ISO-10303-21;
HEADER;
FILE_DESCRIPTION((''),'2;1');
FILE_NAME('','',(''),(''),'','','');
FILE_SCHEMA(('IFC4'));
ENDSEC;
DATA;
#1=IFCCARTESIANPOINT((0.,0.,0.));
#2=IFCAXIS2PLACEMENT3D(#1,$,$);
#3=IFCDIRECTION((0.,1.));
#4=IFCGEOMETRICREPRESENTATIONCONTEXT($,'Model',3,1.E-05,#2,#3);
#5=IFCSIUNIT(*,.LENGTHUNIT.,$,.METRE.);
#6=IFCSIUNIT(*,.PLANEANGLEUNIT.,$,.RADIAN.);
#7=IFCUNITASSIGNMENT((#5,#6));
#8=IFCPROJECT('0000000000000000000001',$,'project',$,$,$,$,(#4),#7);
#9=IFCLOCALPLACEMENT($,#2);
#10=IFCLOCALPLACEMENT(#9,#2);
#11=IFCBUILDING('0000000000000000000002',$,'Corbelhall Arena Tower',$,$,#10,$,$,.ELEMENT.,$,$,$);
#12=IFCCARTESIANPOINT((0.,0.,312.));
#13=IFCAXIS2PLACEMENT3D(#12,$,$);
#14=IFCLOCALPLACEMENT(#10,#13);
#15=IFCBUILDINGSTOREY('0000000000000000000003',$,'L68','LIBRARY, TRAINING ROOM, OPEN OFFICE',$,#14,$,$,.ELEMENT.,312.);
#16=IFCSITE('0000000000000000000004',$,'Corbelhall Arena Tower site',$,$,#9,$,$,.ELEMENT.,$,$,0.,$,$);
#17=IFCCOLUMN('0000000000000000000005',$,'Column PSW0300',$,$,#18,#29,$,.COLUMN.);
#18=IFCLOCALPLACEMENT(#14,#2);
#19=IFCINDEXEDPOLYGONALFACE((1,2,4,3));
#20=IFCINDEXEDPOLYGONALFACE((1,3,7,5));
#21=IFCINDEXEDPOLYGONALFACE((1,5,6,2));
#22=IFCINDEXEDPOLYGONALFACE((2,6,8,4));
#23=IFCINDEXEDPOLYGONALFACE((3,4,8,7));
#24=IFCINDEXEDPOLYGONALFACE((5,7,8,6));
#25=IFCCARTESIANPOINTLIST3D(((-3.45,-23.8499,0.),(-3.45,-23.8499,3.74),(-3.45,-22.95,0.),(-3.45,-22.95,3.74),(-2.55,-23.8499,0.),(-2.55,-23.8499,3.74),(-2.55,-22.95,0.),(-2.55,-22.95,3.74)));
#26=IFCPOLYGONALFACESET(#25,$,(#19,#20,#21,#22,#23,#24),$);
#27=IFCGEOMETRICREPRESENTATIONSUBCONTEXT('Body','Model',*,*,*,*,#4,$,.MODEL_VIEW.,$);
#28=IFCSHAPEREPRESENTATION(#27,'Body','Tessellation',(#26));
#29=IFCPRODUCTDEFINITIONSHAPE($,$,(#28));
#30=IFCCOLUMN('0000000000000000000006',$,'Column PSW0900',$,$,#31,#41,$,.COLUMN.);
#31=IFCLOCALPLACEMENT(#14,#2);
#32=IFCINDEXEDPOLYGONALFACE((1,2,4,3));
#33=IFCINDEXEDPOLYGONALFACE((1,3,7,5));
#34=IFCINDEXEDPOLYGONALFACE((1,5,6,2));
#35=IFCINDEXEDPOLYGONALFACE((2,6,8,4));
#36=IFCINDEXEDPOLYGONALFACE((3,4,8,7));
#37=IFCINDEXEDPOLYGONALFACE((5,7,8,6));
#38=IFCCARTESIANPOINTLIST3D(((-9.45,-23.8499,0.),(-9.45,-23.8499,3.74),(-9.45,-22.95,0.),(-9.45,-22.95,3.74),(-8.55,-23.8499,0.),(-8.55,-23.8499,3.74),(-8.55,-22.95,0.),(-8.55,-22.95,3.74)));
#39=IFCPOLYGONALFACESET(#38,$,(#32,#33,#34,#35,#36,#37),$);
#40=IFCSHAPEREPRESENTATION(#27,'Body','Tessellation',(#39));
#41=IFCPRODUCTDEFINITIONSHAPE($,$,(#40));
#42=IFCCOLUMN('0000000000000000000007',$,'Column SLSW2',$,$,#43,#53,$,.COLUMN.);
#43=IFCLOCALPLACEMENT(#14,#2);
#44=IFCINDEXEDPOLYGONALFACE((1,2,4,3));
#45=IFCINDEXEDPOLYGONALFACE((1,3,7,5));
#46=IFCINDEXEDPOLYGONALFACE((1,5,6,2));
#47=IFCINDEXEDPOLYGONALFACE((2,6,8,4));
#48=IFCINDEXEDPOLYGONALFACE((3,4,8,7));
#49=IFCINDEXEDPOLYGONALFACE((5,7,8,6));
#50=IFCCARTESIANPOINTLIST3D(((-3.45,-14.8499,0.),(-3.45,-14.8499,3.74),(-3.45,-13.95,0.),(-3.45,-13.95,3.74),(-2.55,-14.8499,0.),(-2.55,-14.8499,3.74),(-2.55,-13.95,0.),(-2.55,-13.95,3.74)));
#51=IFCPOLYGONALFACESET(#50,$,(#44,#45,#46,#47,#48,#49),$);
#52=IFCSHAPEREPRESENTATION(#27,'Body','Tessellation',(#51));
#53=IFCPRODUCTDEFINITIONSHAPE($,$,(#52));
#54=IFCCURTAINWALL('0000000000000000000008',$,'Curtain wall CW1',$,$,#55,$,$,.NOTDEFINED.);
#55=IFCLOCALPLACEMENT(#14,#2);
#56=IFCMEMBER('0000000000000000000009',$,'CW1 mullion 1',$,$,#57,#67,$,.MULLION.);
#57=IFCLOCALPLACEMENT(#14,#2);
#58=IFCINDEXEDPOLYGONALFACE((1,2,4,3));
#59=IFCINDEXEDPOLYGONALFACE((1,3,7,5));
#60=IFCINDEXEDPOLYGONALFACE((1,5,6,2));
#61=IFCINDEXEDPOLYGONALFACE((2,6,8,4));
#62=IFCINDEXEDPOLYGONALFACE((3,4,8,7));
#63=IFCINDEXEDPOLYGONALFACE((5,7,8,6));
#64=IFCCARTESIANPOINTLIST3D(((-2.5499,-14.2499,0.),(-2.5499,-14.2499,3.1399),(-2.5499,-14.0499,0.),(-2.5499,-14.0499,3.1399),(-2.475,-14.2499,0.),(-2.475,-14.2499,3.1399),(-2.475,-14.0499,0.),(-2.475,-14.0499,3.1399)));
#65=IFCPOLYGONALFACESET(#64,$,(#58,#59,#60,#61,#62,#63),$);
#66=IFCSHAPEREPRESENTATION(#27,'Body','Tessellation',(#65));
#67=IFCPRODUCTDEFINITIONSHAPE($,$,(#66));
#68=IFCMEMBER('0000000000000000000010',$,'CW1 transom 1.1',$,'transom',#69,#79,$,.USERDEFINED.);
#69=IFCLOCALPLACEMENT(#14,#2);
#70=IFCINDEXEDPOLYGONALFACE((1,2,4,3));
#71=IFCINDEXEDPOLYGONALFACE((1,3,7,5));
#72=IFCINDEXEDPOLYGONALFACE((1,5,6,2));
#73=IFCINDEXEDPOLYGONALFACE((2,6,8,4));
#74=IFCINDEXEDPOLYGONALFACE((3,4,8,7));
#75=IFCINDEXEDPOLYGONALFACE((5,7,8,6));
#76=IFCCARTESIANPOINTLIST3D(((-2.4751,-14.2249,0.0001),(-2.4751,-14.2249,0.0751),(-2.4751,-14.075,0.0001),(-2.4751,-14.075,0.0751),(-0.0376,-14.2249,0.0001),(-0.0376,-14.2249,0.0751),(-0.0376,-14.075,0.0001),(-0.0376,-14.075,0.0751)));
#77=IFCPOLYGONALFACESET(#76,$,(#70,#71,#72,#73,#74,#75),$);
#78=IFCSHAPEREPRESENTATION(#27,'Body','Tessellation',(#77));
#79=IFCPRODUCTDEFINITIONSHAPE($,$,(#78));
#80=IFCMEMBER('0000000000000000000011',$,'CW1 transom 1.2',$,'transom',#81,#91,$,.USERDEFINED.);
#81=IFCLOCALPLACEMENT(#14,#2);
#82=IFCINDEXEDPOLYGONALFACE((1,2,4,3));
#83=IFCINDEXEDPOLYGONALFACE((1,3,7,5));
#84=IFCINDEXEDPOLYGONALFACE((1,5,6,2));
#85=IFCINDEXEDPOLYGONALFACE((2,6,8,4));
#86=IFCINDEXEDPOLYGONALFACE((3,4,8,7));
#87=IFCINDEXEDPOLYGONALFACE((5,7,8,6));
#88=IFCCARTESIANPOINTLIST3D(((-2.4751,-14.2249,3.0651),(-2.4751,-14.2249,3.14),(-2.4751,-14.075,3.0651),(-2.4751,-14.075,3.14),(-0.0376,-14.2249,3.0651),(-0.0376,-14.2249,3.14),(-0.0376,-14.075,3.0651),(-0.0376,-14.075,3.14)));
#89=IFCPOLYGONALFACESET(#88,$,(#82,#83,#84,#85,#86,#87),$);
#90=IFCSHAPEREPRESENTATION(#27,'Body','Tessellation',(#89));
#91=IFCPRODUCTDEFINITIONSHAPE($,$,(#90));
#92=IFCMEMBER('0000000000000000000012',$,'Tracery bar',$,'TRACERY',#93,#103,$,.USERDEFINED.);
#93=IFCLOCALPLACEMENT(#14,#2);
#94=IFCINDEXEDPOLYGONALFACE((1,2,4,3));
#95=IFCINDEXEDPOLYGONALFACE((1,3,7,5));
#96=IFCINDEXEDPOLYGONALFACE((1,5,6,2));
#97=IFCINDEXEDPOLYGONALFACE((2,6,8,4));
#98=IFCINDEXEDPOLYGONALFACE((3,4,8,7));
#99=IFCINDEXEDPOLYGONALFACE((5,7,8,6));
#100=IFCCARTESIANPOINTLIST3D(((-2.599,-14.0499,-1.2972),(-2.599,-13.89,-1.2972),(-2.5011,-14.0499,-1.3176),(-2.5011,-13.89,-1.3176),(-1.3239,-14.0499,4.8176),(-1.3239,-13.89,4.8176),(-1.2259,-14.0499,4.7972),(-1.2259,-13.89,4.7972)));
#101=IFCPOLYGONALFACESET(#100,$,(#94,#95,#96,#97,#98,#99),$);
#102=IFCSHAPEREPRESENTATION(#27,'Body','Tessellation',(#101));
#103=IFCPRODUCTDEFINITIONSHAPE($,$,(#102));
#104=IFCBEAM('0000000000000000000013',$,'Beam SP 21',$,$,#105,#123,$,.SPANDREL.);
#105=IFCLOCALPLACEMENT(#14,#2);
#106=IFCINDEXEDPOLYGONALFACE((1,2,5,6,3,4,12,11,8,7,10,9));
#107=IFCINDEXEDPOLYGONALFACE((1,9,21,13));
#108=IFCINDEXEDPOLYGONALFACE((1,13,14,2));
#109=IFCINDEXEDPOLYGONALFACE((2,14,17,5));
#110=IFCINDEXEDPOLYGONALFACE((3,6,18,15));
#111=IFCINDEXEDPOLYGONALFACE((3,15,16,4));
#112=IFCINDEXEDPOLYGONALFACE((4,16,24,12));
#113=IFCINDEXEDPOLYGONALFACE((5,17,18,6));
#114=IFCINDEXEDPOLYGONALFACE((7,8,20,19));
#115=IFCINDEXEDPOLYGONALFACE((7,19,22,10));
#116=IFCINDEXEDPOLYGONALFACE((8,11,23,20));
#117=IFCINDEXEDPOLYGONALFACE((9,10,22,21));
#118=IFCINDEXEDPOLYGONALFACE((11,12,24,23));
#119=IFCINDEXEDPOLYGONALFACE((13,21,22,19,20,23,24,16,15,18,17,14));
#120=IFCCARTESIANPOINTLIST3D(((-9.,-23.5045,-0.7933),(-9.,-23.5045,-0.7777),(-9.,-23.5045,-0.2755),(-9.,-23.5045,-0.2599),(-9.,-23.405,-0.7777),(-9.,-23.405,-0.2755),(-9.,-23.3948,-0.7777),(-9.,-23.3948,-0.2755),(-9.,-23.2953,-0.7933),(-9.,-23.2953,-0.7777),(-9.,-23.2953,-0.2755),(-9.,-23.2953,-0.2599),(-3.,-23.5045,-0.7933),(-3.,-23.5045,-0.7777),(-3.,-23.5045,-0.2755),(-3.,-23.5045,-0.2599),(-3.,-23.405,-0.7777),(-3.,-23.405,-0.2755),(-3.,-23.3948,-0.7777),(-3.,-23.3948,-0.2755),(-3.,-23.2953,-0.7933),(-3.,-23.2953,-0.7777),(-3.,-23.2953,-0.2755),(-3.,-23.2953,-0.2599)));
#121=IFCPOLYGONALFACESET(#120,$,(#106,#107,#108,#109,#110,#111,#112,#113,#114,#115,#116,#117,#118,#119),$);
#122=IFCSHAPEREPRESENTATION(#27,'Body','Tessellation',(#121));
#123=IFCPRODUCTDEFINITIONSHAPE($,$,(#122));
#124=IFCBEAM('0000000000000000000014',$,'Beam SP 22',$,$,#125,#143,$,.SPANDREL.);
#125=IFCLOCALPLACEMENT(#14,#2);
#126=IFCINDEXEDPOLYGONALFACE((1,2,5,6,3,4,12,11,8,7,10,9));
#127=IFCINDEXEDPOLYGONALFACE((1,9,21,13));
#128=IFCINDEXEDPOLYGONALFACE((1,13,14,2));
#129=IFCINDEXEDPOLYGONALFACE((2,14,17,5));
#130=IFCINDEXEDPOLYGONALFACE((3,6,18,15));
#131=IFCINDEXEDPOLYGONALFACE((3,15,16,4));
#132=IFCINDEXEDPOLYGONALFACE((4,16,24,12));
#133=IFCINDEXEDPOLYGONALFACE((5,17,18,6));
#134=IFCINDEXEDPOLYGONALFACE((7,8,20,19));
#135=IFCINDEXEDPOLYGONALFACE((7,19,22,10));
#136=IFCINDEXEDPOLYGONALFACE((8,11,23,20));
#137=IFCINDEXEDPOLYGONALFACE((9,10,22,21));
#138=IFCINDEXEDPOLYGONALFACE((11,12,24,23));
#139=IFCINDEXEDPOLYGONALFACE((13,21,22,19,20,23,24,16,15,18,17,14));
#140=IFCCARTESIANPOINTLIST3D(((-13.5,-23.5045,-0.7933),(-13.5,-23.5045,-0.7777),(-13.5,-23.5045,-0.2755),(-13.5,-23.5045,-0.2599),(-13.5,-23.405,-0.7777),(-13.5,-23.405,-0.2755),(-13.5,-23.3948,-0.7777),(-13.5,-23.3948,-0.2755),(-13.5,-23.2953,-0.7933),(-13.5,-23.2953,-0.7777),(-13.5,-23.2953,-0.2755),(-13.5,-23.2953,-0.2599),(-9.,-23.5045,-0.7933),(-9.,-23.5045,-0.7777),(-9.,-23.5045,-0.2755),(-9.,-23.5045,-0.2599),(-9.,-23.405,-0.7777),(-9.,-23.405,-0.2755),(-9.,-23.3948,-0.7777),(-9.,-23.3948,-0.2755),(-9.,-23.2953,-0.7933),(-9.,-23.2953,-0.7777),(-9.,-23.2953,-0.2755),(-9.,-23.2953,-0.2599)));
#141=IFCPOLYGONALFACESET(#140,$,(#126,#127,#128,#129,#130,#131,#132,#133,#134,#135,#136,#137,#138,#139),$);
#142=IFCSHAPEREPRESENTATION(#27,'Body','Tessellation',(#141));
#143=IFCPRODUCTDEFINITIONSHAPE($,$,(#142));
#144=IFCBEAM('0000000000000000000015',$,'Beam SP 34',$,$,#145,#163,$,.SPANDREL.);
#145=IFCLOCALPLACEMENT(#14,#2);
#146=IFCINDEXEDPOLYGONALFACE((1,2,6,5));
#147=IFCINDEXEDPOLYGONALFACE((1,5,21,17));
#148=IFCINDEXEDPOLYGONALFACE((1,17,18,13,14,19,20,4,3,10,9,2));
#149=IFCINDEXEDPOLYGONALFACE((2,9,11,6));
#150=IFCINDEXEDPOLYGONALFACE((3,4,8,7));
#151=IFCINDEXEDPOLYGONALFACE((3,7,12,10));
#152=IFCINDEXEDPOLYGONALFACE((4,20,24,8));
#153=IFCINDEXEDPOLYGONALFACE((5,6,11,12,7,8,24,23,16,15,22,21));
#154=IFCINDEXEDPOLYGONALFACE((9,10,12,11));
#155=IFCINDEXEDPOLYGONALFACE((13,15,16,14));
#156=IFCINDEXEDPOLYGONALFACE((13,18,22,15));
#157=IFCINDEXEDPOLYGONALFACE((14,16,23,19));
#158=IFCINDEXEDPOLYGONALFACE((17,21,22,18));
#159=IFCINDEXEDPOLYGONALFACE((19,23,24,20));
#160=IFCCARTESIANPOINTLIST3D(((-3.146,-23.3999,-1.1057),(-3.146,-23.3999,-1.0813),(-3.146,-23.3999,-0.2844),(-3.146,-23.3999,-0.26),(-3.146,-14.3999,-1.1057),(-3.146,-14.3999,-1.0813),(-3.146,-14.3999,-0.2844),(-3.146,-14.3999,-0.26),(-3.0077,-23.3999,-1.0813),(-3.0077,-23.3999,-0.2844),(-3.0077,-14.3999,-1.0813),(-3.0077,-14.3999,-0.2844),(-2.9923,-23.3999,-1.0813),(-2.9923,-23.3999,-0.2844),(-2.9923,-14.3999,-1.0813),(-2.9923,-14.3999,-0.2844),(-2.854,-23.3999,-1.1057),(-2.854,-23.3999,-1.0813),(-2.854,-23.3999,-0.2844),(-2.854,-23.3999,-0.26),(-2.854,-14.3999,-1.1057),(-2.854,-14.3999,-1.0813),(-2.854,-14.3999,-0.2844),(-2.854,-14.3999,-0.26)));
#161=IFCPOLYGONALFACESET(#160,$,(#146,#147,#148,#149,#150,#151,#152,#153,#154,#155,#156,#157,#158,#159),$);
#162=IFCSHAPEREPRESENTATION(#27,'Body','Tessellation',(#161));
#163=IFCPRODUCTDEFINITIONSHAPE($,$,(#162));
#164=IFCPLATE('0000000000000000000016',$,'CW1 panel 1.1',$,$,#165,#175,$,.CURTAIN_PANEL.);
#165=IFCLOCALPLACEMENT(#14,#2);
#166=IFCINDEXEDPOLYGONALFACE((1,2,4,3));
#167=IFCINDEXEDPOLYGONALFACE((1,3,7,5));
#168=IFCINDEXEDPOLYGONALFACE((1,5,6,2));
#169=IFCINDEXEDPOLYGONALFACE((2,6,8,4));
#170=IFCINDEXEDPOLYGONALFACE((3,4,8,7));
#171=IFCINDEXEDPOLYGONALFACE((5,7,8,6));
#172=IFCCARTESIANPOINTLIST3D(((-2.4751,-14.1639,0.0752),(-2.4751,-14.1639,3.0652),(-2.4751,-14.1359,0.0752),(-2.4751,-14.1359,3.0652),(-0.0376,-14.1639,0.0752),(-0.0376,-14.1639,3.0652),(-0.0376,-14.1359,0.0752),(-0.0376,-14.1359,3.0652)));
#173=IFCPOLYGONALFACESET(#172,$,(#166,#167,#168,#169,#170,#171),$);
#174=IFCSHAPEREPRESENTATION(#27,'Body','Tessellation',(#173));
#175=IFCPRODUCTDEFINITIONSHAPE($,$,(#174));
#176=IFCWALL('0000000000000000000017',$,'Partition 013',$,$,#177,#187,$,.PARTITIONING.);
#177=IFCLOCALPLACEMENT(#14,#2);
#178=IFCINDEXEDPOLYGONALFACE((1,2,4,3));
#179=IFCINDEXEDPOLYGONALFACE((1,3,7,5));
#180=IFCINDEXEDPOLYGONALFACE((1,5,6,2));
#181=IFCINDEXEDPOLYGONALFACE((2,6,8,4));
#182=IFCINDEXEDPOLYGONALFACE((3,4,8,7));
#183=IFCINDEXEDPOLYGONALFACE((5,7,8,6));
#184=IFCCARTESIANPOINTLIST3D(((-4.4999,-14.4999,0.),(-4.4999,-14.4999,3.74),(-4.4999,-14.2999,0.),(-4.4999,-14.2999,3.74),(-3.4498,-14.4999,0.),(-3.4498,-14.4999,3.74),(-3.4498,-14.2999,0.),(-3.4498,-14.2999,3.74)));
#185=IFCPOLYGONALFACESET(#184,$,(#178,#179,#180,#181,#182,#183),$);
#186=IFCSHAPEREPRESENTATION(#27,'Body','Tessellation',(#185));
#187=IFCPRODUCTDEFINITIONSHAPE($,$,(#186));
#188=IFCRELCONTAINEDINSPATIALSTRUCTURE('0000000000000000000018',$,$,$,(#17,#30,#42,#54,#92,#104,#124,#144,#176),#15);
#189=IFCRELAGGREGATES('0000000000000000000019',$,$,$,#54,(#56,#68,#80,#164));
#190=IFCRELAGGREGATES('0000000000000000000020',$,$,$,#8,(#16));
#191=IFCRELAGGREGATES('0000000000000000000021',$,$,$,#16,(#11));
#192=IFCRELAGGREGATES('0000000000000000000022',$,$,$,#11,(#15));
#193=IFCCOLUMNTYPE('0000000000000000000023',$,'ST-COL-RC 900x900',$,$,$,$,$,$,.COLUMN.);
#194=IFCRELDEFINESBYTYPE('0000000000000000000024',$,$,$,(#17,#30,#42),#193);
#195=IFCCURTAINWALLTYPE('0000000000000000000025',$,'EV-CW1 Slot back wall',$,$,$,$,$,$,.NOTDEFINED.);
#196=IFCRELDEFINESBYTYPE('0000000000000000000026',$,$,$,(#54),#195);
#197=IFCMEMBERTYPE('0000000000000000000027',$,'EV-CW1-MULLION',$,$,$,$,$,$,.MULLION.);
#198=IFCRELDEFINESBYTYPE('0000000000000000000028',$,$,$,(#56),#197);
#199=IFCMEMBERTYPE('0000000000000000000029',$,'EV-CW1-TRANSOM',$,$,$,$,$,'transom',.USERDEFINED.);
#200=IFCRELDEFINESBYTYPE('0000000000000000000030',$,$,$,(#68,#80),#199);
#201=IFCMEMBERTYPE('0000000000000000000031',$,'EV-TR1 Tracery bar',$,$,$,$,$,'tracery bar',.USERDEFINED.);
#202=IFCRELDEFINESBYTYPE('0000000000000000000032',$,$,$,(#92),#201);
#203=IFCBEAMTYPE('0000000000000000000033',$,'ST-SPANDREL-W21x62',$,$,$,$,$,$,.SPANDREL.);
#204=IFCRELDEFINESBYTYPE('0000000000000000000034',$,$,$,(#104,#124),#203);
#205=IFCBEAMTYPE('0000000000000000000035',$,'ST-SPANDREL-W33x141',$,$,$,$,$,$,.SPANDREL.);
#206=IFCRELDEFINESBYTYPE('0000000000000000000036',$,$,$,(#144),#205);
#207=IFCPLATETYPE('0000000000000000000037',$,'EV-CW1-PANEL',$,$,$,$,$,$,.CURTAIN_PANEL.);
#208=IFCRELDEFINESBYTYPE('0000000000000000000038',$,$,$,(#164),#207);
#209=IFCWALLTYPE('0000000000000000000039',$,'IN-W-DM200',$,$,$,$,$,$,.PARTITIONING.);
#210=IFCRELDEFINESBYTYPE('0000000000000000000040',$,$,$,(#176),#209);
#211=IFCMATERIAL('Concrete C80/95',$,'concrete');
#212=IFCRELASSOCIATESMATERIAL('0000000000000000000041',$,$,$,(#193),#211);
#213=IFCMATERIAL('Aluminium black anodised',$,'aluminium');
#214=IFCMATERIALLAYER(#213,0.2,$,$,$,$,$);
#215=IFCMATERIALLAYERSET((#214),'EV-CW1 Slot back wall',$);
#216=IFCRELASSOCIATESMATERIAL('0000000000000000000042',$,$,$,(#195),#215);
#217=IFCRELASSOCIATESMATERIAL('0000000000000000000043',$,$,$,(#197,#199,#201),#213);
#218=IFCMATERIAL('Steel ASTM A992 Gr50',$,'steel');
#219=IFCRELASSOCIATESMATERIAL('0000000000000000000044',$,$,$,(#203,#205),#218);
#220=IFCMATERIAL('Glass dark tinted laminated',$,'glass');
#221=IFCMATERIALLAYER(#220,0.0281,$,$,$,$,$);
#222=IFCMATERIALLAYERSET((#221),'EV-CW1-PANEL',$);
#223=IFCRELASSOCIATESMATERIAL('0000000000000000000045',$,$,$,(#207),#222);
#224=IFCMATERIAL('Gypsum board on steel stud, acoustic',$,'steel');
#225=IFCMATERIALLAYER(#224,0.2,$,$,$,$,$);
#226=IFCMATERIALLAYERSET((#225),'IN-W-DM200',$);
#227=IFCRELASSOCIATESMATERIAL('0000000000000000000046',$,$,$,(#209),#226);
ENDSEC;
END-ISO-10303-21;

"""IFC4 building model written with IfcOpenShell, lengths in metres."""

from ifc_helpers import new_model, si_unit, direction, frame, frame_2d, origin, origin_2d, place, context, subcontext, project, spatial, rectangle, i_section, extrude, material, layer, layer_set, material_profile, profile_set, type_object, element, aggregate, save


model = new_model("IFC4")

# Units and contexts
model_context = context("Model", 3, precision=1e-05, world=origin(), true_north=direction((0.0, 1.0)))
body_context = subcontext(model_context, "Body", "Model", "MODEL_VIEW")
ifc_project = project(units=[si_unit("LENGTHUNIT", "METRE"), si_unit("PLANEANGLEUNIT", "RADIAN")], contexts=[model_context])

# Site, building, storey
site_placement = place(None, origin())
site = spatial("IfcSite", under=ifc_project, at=site_placement, Name="Corbelhall Arena Tower site", CompositionType="ELEMENT", RefElevation=0.0)
building_placement = place(site_placement, origin())
building = spatial("IfcBuilding", under=site, at=building_placement, Name="Corbelhall Arena Tower", CompositionType="ELEMENT")
storey_placement = place(building_placement, frame((0.0, 0.0, 312.0)))
storey = spatial("IfcBuildingStorey", under=building, at=storey_placement, Name="L68", Description="LIBRARY, TRAINING ROOM, OPEN OFFICE", CompositionType="ELEMENT", Elevation=312.0)

# Columns
ifc_material_1 = material(Name="Concrete C80/95", Category="concrete")
ifc_material_profile_1 = material_profile(ifc_material_1, rectangle(XDim=0.8999, YDim=0.8999, at=origin_2d()))
ifc_profile_set_1 = profile_set([ifc_material_profile_1], Name="Concrete C80/95")
column_type = type_object("IfcColumnType", Name="ST-COL-RC 900x900", PredefinedType="COLUMN", material=ifc_profile_set_1)
for number, where, z_axis, x_axis, name in (
    (1, (-3.0, -23.3999, 0.0), (0.0, 0.0, 1.0), (1.0, 0.0, 0.0), "Column PSW0300"),
    (2, (-9.0, -23.3999, 0.0), (0.0, 0.0, 1.0), (1.0, 0.0, 0.0), "Column PSW0900"),
    (3, (-3.0, -14.3999, 0.0), (0.0, 0.0, 1.0), (1.0, 0.0, 0.0), "Column SLSW2"),
):
    element("IfcColumn", number, at=place(storey_placement, frame(where, z_axis=z_axis, x_axis=x_axis)), inside=storey, type_object=column_type, Name=name, PredefinedType="COLUMN", context=body_context, shape_type="SweptSolid", body=[
        extrude(rectangle(XDim=0.8999, YDim=0.8999, at=origin_2d()), origin(), (0.0, 0.0, 1.0), 3.74),
    ])

# Curtain wall, members
ifc_material_2 = material(Name="Aluminium black anodised", Category="aluminium")
ifc_layer_1 = layer(ifc_material_2, 0.2)
ifc_layer_set_1 = layer_set([ifc_layer_1], Name="EV-CW1 Slot back wall")
curtain_wall_type = type_object("IfcCurtainWallType", Name="EV-CW1 Slot back wall", PredefinedType="NOTDEFINED", material=ifc_layer_set_1)
curtain_wall_placement = place(storey_placement, origin())
curtain_wall = element("IfcCurtainWall", 4, at=curtain_wall_placement, inside=storey, type_object=curtain_wall_type, Name="Curtain wall CW1", PredefinedType="NOTDEFINED")
ifc_material_profile_2 = material_profile(ifc_material_2, rectangle(XDim=0.2, YDim=0.075, at=origin_2d()))
ifc_profile_set_2 = profile_set([ifc_material_profile_2], Name="Aluminium black anodised")
member_type_1 = type_object("IfcMemberType", Name="EV-CW1-MULLION", PredefinedType="MULLION", material=ifc_profile_set_2)
member_1_placement = place(storey_placement, frame((-2.5125, -14.1499, 0.0), z_axis=(0.0, 0.0, 1.0), x_axis=(0.0, 1.0, 0.0)))
member_1 = element("IfcMember", 5, at=member_1_placement, type_object=member_type_1, Name="CW1 mullion 1", PredefinedType="MULLION", context=body_context, shape_type="SweptSolid", body=[
    extrude(rectangle(XDim=0.2, YDim=0.075, at=origin_2d()), origin(), (0.0, 0.0, 1.0), 3.1399),
])
ifc_material_profile_3 = material_profile(ifc_material_2, rectangle(XDim=0.1499, YDim=0.075, at=origin_2d()))
ifc_profile_set_3 = profile_set([ifc_material_profile_3], Name="Aluminium black anodised")
member_type_2 = type_object("IfcMemberType", Name="EV-CW1-TRANSOM", ElementType="transom", PredefinedType="USERDEFINED", material=ifc_profile_set_3)
member_2_placement = place(storey_placement, frame((-2.4751, -14.1499, 0.0376), z_axis=(1.0, 0.0, 0.0), x_axis=(0.0, 1.0, 0.0)))
member_2 = element("IfcMember", 6, at=member_2_placement, type_object=member_type_2, Name="CW1 transom 1.1", ObjectType="transom", PredefinedType="USERDEFINED", context=body_context, shape_type="SweptSolid", body=[
    extrude(rectangle(XDim=0.1499, YDim=0.075, at=origin_2d()), origin(), (0.0, 0.0, 1.0), 2.4375),
])
member_3_placement = place(storey_placement, frame((-2.4751, -14.1499, 3.1025), z_axis=(1.0, 0.0, 0.0), x_axis=(0.0, 1.0, 0.0)))
member_3 = element("IfcMember", 7, at=member_3_placement, type_object=member_type_2, Name="CW1 transom 1.2", ObjectType="transom", PredefinedType="USERDEFINED", context=body_context, shape_type="SweptSolid", body=[
    extrude(rectangle(XDim=0.1499, YDim=0.075, at=origin_2d()), origin(), (0.0, 0.0, 1.0), 2.4375),
])

# Member
ifc_material_profile_4 = material_profile(ifc_material_2, rectangle(XDim=0.1599, YDim=0.1001, at=origin_2d()))
ifc_profile_set_4 = profile_set([ifc_material_profile_4], Name="Aluminium black anodised")
member_type_3 = type_object("IfcMemberType", Name="EV-TR1 Tracery bar", ElementType="tracery bar", PredefinedType="USERDEFINED", material=ifc_profile_set_4)
member_4_placement = place(storey_placement, frame((-2.55, -13.97, -1.3074), z_axis=(0.204145, 0.0, 0.978941), x_axis=(0.0, 1.0, 0.0)))
element("IfcMember", 8, at=member_4_placement, inside=storey, type_object=member_type_3, Name="Tracery bar", ObjectType="TRACERY", PredefinedType="USERDEFINED", context=body_context, shape_type="SweptSolid", body=[
    extrude(rectangle(XDim=0.1599, YDim=0.1001, at=origin_2d()), origin(), (0.0, 0.0, 1.0), 6.2463),
])

# Beams
ifc_material_3 = material(Name="Steel ASTM A992 Gr50", Category="steel")
ifc_material_profile_5 = material_profile(ifc_material_3, i_section(OverallWidth=0.2092, OverallDepth=0.5334, WebThickness=0.0103, FlangeThickness=0.0156, at=origin_2d()))
ifc_profile_set_5 = profile_set([ifc_material_profile_5], Name="Steel ASTM A992 Gr50")
beam_type_1 = type_object("IfcBeamType", Name="ST-SPANDREL-W21x62", PredefinedType="SPANDREL", material=ifc_profile_set_5)
beam_1_placement = place(storey_placement, frame((-3.0, -23.3999, -0.5266), z_axis=(-1.0, 0.0, 0.0), x_axis=(0.0, -1.0, 0.0)))
element("IfcBeam", 9, at=beam_1_placement, inside=storey, type_object=beam_type_1, Name="Beam SP 21", PredefinedType="SPANDREL", context=body_context, shape_type="SweptSolid", body=[
    extrude(i_section(OverallWidth=0.2092, OverallDepth=0.5334, WebThickness=0.0103, FlangeThickness=0.0156, at=origin_2d()), origin(), (0.0, 0.0, 1.0), 6.0),
])
beam_2_placement = place(storey_placement, frame((-9.0, -23.3999, -0.5266), z_axis=(-1.0, 0.0, 0.0), x_axis=(0.0, -1.0, 0.0)))
element("IfcBeam", 10, at=beam_2_placement, inside=storey, type_object=beam_type_1, Name="Beam SP 22", PredefinedType="SPANDREL", context=body_context, shape_type="SweptSolid", body=[
    extrude(i_section(OverallWidth=0.2092, OverallDepth=0.5334, WebThickness=0.0103, FlangeThickness=0.0156, at=origin_2d()), origin(), (0.0, 0.0, 1.0), 4.5),
])
ifc_material_profile_6 = material_profile(ifc_material_3, i_section(OverallWidth=0.292, OverallDepth=0.8457, WebThickness=0.0154, FlangeThickness=0.0244, at=origin_2d()))
ifc_profile_set_6 = profile_set([ifc_material_profile_6], Name="Steel ASTM A992 Gr50")
beam_type_2 = type_object("IfcBeamType", Name="ST-SPANDREL-W33x141", PredefinedType="SPANDREL", material=ifc_profile_set_6)
beam_3_placement = place(storey_placement, frame((-3.0, -14.3999, -0.6829), z_axis=(0.0, -1.0, 0.0), x_axis=(1.0, 0.0, 0.0)))
element("IfcBeam", 11, at=beam_3_placement, inside=storey, type_object=beam_type_2, Name="Beam SP 34", PredefinedType="SPANDREL", context=body_context, shape_type="SweptSolid", body=[
    extrude(i_section(OverallWidth=0.292, OverallDepth=0.8457, WebThickness=0.0154, FlangeThickness=0.0244, at=origin_2d()), origin(), (0.0, 0.0, 1.0), 9.0),
])

# Plate
ifc_material_4 = material(Name="Glass dark tinted laminated", Category="glass")
ifc_layer_2 = layer(ifc_material_4, 0.0281)
ifc_layer_set_2 = layer_set([ifc_layer_2], Name="EV-CW1-PANEL")
plate_type = type_object("IfcPlateType", Name="EV-CW1-PANEL", PredefinedType="CURTAIN_PANEL", material=ifc_layer_set_2)
plate_placement = place(storey_placement, frame((-1.2563, -14.1499, 0.0752), z_axis=(0.0, 0.0, 1.0), x_axis=(1.0, 0.0, 0.0)))
plate = element("IfcPlate", 12, at=plate_placement, type_object=plate_type, Name="CW1 panel 1.1", PredefinedType="CURTAIN_PANEL", context=body_context, shape_type="SweptSolid", body=[
    extrude(rectangle(XDim=2.4375, YDim=0.0281, at=origin_2d()), origin(), (0.0, 0.0, 1.0), 2.99),
])
aggregate(curtain_wall, [member_1, member_2, member_3, plate])

# Wall
ifc_material_5 = material(Name="Gypsum board on steel stud, acoustic", Category="steel")
ifc_layer_3 = layer(ifc_material_5, 0.2)
ifc_layer_set_3 = layer_set([ifc_layer_3], Name="IN-W-DM200")
wall_type_1 = type_object("IfcWallType", Name="IN-W-DM200", PredefinedType="PARTITIONING", material=ifc_layer_set_3)
wall_1_placement = place(storey_placement, frame((-3.45, -14.3999, 0.0), z_axis=(0.0, 0.0, 1.0), x_axis=(-1.0, 0.0, 0.0)))
element("IfcWall", 13, at=wall_1_placement, inside=storey, type_object=wall_type_1, Name="Partition 013", PredefinedType="PARTITIONING", context=body_context, shape_type="SweptSolid", body=[
    extrude(rectangle(XDim=1.05, YDim=0.2, at=frame_2d((0.5249, 0.0))), origin(), (0.0, 0.0, 1.0), 3.74),
])

save(model, "model.ifc")
